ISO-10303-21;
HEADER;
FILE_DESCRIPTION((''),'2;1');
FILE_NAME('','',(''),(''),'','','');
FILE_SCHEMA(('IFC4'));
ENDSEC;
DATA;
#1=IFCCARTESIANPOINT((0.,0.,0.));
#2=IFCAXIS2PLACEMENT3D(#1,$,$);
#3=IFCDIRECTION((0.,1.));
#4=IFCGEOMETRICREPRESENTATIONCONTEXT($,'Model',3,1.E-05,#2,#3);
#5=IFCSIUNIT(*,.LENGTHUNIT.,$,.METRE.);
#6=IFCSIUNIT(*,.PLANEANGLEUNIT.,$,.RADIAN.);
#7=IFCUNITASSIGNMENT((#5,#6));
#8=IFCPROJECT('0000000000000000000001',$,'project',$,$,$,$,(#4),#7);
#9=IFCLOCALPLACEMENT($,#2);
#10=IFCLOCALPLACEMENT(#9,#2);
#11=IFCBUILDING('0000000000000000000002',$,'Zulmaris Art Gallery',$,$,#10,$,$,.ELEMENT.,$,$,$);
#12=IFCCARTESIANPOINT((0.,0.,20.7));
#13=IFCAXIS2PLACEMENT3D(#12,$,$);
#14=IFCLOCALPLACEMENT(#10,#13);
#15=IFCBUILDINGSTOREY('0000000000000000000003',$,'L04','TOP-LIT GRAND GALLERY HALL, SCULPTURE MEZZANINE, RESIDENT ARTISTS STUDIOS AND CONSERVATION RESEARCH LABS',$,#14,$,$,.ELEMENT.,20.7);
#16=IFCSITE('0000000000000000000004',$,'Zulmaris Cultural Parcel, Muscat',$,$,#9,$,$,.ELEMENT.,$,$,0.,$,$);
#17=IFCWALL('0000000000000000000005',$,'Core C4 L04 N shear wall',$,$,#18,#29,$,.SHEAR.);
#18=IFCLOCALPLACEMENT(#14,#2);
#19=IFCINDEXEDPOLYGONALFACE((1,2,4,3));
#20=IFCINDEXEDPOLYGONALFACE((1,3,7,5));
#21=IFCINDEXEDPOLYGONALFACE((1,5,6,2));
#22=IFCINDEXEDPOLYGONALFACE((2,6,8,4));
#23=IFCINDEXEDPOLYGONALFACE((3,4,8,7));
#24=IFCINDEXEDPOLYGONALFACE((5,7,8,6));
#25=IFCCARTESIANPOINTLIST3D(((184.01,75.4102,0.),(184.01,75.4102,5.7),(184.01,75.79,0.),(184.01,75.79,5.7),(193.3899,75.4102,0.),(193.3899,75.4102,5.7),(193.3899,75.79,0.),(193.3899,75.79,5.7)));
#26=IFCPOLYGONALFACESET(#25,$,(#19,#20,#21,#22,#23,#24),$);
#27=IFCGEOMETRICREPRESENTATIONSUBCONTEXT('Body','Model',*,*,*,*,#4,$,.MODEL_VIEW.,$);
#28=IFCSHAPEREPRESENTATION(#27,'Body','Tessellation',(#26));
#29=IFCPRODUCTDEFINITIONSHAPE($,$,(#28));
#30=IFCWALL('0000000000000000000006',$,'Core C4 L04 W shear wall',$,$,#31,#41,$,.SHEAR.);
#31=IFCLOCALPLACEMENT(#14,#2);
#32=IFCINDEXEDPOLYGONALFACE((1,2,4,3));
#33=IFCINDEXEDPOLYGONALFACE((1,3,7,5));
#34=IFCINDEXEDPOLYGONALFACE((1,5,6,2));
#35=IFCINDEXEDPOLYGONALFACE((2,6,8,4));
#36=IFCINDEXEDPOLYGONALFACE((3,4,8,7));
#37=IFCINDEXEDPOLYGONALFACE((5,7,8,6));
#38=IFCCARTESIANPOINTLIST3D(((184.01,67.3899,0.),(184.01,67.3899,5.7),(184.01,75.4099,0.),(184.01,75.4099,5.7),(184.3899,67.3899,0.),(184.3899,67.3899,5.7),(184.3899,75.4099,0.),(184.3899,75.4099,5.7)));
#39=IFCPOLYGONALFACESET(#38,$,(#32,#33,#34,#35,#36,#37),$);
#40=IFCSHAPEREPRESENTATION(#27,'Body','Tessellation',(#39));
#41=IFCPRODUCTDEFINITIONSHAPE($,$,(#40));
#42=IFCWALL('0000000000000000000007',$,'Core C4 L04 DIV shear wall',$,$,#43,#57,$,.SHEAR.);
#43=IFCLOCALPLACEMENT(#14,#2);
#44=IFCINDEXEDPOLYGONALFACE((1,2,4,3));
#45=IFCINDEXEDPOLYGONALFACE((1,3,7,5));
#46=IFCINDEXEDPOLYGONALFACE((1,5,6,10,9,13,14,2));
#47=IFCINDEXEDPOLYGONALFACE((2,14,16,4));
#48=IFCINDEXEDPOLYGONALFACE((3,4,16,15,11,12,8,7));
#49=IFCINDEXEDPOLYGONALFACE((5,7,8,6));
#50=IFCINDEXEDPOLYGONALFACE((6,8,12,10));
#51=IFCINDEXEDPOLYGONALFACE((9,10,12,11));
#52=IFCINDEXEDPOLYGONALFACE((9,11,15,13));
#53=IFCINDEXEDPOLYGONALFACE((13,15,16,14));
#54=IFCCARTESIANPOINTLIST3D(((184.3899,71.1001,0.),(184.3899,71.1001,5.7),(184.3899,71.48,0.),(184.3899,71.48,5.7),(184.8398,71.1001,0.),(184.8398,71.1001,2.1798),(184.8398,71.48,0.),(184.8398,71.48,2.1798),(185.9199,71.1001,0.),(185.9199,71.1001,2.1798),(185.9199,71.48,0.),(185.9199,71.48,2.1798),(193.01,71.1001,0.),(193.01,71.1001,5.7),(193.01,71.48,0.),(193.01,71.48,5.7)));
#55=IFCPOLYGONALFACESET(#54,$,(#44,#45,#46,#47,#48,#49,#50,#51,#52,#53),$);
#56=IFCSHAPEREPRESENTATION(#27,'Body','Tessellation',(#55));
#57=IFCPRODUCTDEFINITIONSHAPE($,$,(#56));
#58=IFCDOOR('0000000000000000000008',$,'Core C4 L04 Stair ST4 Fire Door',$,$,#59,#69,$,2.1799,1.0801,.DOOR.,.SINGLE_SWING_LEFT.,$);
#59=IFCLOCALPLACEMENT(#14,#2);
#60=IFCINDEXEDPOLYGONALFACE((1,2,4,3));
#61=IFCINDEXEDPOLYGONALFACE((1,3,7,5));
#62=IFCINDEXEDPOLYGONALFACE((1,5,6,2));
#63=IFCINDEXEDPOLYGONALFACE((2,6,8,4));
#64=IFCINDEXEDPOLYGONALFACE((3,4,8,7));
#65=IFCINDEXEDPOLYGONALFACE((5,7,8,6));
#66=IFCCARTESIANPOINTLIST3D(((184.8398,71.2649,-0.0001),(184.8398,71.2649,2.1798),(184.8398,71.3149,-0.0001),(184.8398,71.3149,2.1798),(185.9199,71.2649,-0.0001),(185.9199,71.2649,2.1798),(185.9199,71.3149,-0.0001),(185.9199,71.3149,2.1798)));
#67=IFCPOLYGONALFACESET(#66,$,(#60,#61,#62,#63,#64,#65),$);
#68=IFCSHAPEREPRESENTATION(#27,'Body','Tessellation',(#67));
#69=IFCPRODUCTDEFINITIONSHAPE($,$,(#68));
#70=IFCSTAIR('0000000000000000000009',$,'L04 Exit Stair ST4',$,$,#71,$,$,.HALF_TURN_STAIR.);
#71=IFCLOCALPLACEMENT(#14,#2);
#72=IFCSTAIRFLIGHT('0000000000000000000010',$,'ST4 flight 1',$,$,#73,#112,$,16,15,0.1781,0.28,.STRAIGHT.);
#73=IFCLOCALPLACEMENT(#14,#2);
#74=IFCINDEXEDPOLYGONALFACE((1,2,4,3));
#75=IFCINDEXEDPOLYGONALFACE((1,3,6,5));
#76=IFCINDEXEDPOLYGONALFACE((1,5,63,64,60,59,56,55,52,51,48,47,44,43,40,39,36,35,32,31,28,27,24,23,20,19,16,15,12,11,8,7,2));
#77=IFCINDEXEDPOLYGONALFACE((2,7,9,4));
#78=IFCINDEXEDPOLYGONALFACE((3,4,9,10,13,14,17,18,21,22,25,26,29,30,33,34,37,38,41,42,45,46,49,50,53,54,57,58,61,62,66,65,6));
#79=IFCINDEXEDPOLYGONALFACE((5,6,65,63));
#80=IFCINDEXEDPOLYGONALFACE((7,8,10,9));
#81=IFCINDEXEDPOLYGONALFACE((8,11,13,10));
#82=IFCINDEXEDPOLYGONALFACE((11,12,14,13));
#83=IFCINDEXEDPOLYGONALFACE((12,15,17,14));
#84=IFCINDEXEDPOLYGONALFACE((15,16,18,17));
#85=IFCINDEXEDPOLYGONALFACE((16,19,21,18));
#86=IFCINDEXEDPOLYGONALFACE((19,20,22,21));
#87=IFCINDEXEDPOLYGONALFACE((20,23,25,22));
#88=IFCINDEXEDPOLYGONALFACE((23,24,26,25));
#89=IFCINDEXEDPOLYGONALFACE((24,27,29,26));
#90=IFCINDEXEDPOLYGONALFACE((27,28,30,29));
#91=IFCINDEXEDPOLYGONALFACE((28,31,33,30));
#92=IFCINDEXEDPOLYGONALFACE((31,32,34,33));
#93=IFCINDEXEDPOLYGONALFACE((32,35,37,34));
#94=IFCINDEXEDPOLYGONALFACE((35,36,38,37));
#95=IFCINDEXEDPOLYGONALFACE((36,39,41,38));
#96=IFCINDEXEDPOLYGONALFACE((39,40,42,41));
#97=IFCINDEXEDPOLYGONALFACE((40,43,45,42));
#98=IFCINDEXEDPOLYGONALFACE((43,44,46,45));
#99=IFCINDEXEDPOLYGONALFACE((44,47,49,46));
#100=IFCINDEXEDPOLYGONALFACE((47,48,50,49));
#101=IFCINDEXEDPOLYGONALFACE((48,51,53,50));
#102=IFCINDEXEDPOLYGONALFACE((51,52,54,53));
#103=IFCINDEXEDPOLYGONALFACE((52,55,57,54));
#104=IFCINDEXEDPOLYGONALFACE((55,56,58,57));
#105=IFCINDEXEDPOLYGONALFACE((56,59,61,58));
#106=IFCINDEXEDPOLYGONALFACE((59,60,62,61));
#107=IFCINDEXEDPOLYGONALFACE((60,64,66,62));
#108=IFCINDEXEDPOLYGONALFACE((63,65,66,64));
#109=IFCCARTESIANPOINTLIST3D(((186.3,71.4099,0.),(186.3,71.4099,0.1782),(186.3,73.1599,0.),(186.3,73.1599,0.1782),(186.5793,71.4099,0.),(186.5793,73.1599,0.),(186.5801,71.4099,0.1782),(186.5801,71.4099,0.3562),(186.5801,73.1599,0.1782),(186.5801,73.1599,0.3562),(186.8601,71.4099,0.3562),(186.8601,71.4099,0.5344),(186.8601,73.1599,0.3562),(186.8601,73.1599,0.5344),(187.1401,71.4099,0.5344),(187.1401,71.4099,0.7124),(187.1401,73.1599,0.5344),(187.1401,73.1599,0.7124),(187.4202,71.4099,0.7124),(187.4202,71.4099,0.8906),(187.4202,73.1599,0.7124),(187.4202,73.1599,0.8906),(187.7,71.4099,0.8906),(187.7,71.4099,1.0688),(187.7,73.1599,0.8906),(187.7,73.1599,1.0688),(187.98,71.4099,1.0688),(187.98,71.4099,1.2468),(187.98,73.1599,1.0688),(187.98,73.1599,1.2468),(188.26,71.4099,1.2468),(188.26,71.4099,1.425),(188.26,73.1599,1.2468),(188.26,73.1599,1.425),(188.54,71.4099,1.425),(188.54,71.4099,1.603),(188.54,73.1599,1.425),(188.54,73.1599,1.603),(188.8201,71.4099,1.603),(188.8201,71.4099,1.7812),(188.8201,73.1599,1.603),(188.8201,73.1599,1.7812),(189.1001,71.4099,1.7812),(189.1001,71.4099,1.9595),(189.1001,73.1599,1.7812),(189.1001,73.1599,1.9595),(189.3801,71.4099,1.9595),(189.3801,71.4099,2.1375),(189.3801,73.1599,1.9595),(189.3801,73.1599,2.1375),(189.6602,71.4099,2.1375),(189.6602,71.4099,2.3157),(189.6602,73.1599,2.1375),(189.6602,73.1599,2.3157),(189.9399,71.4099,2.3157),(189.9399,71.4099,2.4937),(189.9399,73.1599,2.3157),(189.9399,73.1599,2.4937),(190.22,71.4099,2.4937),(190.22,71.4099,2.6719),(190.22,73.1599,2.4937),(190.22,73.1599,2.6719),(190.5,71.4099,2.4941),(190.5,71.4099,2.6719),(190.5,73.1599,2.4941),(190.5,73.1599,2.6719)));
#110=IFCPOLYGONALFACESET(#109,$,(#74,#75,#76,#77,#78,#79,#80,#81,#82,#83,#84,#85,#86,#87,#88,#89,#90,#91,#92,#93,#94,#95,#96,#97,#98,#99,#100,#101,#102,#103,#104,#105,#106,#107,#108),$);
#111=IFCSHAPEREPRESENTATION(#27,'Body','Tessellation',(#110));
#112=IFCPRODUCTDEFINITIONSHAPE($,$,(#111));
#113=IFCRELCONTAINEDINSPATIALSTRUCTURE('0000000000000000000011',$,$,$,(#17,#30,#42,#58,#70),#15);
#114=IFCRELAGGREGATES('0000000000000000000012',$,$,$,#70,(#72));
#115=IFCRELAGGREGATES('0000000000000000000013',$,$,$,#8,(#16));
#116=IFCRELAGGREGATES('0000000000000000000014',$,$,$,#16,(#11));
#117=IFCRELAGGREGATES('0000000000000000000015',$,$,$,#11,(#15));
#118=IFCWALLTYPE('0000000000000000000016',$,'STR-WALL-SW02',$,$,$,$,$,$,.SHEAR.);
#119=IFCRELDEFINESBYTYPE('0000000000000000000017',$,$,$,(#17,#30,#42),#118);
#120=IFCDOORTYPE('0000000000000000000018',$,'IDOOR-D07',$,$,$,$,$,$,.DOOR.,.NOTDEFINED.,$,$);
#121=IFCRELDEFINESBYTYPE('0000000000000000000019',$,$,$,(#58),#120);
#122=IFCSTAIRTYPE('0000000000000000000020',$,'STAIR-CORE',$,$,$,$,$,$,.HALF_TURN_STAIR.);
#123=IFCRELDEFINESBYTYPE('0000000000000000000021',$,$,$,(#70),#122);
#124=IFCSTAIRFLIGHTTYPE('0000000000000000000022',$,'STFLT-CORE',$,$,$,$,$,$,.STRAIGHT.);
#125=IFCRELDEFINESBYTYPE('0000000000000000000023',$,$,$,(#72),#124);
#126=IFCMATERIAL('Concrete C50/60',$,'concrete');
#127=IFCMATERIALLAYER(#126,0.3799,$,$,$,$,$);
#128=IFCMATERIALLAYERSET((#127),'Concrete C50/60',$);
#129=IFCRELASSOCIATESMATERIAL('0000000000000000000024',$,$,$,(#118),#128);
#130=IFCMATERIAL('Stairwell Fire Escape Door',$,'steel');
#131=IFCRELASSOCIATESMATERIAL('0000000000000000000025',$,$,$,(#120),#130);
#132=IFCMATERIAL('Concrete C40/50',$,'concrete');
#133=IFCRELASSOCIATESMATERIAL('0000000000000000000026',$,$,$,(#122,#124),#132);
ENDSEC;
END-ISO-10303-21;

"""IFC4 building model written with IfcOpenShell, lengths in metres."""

from ifc_helpers import new_model, si_unit, direction, frame, frame_2d, origin, place, context, subcontext, project, spatial, polyline, rectangle, outline, extrude, material, layer, layer_set, type_object, element, fill, aggregate, save


model = new_model("IFC4")

# Units and contexts
model_context = context("Model", 3, precision=1e-05, world=origin(), true_north=direction((0.0, 1.0)))
body_context = subcontext(model_context, "Body", "Model", "MODEL_VIEW")
ifc_project = project(units=[si_unit("LENGTHUNIT", "METRE"), si_unit("PLANEANGLEUNIT", "RADIAN")], contexts=[model_context])

# Site, building, storey
site_placement = place(None, origin())
site = spatial("IfcSite", under=ifc_project, at=site_placement, Name="Zulmaris Cultural Parcel, Muscat", CompositionType="ELEMENT", RefElevation=0.0)
building_placement = place(site_placement, origin())
building = spatial("IfcBuilding", under=site, at=building_placement, Name="Zulmaris Art Gallery", CompositionType="ELEMENT")
storey_placement = place(building_placement, frame((0.0, 0.0, 20.7)))
storey = spatial("IfcBuildingStorey", under=building, at=storey_placement, Name="L04", Description="TOP-LIT GRAND GALLERY HALL, SCULPTURE MEZZANINE, RESIDENT ARTISTS STUDIOS AND CONSERVATION RESEARCH LABS", CompositionType="ELEMENT", Elevation=20.7)

# Shared definitions
ifc_material_1 = material(Name="Concrete C40/50", Category="concrete")

# Shared definitions
ifc_material_2 = material(Name="Concrete C50/60", Category="concrete")
ifc_layer_1 = layer(ifc_material_2, 0.3799)
ifc_layer_set_1 = layer_set([ifc_layer_1], Name="Concrete C50/60")
wall_type_1 = type_object("IfcWallType", Name="STR-WALL-SW02", PredefinedType="SHEAR", material=ifc_layer_set_1)

# Walls
wall_1_placement = place(storey_placement, frame((184.01, 75.6001, 0.0), z_axis=(0.0, 0.0, 1.0), x_axis=(1.0, 0.0, 0.0)))
element("IfcWall", 1, at=wall_1_placement, inside=storey, type_object=wall_type_1, Name="Core C4 L04 N shear wall", PredefinedType="SHEAR", context=body_context, shape_type="SweptSolid", body=[
    extrude(rectangle(XDim=9.3799, YDim=0.3799, at=frame_2d((4.6899, 0.0))), origin(), (0.0, 0.0, 1.0), 5.7),
])
wall_2_placement = place(storey_placement, frame((184.2, 67.3899, 0.0), z_axis=(0.0, 0.0, 1.0), x_axis=(0.0, 1.0, 0.0)))
element("IfcWall", 2, at=wall_2_placement, inside=storey, type_object=wall_type_1, Name="Core C4 L04 W shear wall", PredefinedType="SHEAR", context=body_context, shape_type="SweptSolid", body=[
    extrude(rectangle(XDim=8.02, YDim=0.3799, at=frame_2d((4.01, 0.0))), origin(), (0.0, 0.0, 1.0), 5.7),
])

# Wall, opening, door
wall_3_placement = place(storey_placement, frame((184.3899, 71.29, 0.0), z_axis=(0.0, 0.0, 1.0), x_axis=(1.0, 0.0, 0.0)))
wall_3 = element("IfcWall", 3, at=wall_3_placement, inside=storey, type_object=wall_type_1, Name="Core C4 L04 DIV shear wall", PredefinedType="SHEAR", context=body_context, shape_type="SweptSolid", body=[
    extrude(rectangle(XDim=8.6201, YDim=0.3799, at=frame_2d((4.3101, 0.0))), origin(), (0.0, 0.0, 1.0), 5.7),
])
opening_1_placement = place(wall_3_placement, frame((0.45, 0.0, 0.0)))
opening_1 = element("IfcOpeningElement", 4, at=opening_1_placement, cuts=wall_3, PredefinedType="OPENING", context=body_context, shape_type="SweptSolid", body=[
    extrude(rectangle(XDim=1.0801, YDim=2.1799, at=frame_2d((0.54, 1.0898))), frame((0.0, 0.2, 0.0), z_axis=(0.0, -1.0, 0.0), x_axis=(1.0, 0.0, 0.0)), (0.0, 0.0, 1.0), 0.3999),
])
ifc_material_3 = material(Name="Stairwell Fire Escape Door", Category="steel")
door_type_1 = type_object("IfcDoorType", Name="IDOOR-D07", OperationType="NOTDEFINED", PredefinedType="DOOR", material=ifc_material_3)
door_1_placement = place(opening_1_placement, origin())
door_1 = element("IfcDoor", 5, at=door_1_placement, inside=storey, type_object=door_type_1, Name="Core C4 L04 Stair ST4 Fire Door", OperationType="SINGLE_SWING_LEFT", OverallHeight=2.1799, OverallWidth=1.0801, PredefinedType="DOOR", context=body_context, shape_type="SweptSolid", body=[
    extrude(rectangle(XDim=1.0801, YDim=2.1799, at=frame_2d((0.54, 1.0898))), frame((0.0, 0.0249, 0.0), z_axis=(0.0, -1.0, 0.0), x_axis=(1.0, 0.0, 0.0)), (0.0, 0.0, 1.0), 0.05),
])
fill(opening_1, door_1)

# Stair, stair flight
stair_type = type_object("IfcStairType", Name="STAIR-CORE", PredefinedType="HALF_TURN_STAIR", material=ifc_material_1)
stair_placement = place(storey_placement, origin())
stair = element("IfcStair", 6, at=stair_placement, inside=storey, type_object=stair_type, Name="L04 Exit Stair ST4", PredefinedType="HALF_TURN_STAIR")
stair_flight_type = type_object("IfcStairFlightType", Name="STFLT-CORE", PredefinedType="STRAIGHT", material=ifc_material_1)
stair_flight_placement = place(storey_placement, frame((186.3, 72.2849, 0.0), z_axis=(0.0, 0.0, 1.0), x_axis=(1.0, 0.0, 0.0)))
stair_flight = element("IfcStairFlight", 7, at=stair_flight_placement, type_object=stair_flight_type, Name="ST4 flight 1", NumberOfRisers=16, NumberOfTreads=15, PredefinedType="STRAIGHT", RiserHeight=0.1781, TreadLength=0.28, context=body_context, shape_type="SweptSolid", body=[
    extrude(outline(polyline([(0.0, 0.0), (0.0, 0.1782), (0.28, 0.1782), (0.28, 0.3562), (0.5601, 0.3562), (0.5601, 0.5344), (0.8401, 0.5344), (0.8401, 0.7124), (1.1201, 0.7124), (1.1201, 0.8906), (1.3999, 0.8906), (1.3999, 1.0688), (1.6799, 1.0688), (1.6799, 1.2468), (1.96, 1.2468), (1.96, 1.425), (2.24, 1.425), (2.24, 1.603), (2.52, 1.603), (2.52, 1.7812), (2.8, 1.7812), (2.8, 1.9595), (3.0801, 1.9595), (3.0801, 2.1375), (3.3601, 2.1375), (3.3601, 2.3157), (3.6399, 2.3157), (3.6399, 2.4937), (3.9199, 2.4937), (3.9199, 2.6719), (4.2, 2.6719), (4.2, 2.8501), (4.2, 2.4941), (0.2793, 0.0), (0.0, 0.0)])), frame((0.0, 0.875, 0.0), z_axis=(0.0, -1.0, 0.0), x_axis=(1.0, 0.0, 0.0)), (0.0, 0.0, 1.0), 1.75),
])
aggregate(stair, [stair_flight])

save(model, "model.ifc")
